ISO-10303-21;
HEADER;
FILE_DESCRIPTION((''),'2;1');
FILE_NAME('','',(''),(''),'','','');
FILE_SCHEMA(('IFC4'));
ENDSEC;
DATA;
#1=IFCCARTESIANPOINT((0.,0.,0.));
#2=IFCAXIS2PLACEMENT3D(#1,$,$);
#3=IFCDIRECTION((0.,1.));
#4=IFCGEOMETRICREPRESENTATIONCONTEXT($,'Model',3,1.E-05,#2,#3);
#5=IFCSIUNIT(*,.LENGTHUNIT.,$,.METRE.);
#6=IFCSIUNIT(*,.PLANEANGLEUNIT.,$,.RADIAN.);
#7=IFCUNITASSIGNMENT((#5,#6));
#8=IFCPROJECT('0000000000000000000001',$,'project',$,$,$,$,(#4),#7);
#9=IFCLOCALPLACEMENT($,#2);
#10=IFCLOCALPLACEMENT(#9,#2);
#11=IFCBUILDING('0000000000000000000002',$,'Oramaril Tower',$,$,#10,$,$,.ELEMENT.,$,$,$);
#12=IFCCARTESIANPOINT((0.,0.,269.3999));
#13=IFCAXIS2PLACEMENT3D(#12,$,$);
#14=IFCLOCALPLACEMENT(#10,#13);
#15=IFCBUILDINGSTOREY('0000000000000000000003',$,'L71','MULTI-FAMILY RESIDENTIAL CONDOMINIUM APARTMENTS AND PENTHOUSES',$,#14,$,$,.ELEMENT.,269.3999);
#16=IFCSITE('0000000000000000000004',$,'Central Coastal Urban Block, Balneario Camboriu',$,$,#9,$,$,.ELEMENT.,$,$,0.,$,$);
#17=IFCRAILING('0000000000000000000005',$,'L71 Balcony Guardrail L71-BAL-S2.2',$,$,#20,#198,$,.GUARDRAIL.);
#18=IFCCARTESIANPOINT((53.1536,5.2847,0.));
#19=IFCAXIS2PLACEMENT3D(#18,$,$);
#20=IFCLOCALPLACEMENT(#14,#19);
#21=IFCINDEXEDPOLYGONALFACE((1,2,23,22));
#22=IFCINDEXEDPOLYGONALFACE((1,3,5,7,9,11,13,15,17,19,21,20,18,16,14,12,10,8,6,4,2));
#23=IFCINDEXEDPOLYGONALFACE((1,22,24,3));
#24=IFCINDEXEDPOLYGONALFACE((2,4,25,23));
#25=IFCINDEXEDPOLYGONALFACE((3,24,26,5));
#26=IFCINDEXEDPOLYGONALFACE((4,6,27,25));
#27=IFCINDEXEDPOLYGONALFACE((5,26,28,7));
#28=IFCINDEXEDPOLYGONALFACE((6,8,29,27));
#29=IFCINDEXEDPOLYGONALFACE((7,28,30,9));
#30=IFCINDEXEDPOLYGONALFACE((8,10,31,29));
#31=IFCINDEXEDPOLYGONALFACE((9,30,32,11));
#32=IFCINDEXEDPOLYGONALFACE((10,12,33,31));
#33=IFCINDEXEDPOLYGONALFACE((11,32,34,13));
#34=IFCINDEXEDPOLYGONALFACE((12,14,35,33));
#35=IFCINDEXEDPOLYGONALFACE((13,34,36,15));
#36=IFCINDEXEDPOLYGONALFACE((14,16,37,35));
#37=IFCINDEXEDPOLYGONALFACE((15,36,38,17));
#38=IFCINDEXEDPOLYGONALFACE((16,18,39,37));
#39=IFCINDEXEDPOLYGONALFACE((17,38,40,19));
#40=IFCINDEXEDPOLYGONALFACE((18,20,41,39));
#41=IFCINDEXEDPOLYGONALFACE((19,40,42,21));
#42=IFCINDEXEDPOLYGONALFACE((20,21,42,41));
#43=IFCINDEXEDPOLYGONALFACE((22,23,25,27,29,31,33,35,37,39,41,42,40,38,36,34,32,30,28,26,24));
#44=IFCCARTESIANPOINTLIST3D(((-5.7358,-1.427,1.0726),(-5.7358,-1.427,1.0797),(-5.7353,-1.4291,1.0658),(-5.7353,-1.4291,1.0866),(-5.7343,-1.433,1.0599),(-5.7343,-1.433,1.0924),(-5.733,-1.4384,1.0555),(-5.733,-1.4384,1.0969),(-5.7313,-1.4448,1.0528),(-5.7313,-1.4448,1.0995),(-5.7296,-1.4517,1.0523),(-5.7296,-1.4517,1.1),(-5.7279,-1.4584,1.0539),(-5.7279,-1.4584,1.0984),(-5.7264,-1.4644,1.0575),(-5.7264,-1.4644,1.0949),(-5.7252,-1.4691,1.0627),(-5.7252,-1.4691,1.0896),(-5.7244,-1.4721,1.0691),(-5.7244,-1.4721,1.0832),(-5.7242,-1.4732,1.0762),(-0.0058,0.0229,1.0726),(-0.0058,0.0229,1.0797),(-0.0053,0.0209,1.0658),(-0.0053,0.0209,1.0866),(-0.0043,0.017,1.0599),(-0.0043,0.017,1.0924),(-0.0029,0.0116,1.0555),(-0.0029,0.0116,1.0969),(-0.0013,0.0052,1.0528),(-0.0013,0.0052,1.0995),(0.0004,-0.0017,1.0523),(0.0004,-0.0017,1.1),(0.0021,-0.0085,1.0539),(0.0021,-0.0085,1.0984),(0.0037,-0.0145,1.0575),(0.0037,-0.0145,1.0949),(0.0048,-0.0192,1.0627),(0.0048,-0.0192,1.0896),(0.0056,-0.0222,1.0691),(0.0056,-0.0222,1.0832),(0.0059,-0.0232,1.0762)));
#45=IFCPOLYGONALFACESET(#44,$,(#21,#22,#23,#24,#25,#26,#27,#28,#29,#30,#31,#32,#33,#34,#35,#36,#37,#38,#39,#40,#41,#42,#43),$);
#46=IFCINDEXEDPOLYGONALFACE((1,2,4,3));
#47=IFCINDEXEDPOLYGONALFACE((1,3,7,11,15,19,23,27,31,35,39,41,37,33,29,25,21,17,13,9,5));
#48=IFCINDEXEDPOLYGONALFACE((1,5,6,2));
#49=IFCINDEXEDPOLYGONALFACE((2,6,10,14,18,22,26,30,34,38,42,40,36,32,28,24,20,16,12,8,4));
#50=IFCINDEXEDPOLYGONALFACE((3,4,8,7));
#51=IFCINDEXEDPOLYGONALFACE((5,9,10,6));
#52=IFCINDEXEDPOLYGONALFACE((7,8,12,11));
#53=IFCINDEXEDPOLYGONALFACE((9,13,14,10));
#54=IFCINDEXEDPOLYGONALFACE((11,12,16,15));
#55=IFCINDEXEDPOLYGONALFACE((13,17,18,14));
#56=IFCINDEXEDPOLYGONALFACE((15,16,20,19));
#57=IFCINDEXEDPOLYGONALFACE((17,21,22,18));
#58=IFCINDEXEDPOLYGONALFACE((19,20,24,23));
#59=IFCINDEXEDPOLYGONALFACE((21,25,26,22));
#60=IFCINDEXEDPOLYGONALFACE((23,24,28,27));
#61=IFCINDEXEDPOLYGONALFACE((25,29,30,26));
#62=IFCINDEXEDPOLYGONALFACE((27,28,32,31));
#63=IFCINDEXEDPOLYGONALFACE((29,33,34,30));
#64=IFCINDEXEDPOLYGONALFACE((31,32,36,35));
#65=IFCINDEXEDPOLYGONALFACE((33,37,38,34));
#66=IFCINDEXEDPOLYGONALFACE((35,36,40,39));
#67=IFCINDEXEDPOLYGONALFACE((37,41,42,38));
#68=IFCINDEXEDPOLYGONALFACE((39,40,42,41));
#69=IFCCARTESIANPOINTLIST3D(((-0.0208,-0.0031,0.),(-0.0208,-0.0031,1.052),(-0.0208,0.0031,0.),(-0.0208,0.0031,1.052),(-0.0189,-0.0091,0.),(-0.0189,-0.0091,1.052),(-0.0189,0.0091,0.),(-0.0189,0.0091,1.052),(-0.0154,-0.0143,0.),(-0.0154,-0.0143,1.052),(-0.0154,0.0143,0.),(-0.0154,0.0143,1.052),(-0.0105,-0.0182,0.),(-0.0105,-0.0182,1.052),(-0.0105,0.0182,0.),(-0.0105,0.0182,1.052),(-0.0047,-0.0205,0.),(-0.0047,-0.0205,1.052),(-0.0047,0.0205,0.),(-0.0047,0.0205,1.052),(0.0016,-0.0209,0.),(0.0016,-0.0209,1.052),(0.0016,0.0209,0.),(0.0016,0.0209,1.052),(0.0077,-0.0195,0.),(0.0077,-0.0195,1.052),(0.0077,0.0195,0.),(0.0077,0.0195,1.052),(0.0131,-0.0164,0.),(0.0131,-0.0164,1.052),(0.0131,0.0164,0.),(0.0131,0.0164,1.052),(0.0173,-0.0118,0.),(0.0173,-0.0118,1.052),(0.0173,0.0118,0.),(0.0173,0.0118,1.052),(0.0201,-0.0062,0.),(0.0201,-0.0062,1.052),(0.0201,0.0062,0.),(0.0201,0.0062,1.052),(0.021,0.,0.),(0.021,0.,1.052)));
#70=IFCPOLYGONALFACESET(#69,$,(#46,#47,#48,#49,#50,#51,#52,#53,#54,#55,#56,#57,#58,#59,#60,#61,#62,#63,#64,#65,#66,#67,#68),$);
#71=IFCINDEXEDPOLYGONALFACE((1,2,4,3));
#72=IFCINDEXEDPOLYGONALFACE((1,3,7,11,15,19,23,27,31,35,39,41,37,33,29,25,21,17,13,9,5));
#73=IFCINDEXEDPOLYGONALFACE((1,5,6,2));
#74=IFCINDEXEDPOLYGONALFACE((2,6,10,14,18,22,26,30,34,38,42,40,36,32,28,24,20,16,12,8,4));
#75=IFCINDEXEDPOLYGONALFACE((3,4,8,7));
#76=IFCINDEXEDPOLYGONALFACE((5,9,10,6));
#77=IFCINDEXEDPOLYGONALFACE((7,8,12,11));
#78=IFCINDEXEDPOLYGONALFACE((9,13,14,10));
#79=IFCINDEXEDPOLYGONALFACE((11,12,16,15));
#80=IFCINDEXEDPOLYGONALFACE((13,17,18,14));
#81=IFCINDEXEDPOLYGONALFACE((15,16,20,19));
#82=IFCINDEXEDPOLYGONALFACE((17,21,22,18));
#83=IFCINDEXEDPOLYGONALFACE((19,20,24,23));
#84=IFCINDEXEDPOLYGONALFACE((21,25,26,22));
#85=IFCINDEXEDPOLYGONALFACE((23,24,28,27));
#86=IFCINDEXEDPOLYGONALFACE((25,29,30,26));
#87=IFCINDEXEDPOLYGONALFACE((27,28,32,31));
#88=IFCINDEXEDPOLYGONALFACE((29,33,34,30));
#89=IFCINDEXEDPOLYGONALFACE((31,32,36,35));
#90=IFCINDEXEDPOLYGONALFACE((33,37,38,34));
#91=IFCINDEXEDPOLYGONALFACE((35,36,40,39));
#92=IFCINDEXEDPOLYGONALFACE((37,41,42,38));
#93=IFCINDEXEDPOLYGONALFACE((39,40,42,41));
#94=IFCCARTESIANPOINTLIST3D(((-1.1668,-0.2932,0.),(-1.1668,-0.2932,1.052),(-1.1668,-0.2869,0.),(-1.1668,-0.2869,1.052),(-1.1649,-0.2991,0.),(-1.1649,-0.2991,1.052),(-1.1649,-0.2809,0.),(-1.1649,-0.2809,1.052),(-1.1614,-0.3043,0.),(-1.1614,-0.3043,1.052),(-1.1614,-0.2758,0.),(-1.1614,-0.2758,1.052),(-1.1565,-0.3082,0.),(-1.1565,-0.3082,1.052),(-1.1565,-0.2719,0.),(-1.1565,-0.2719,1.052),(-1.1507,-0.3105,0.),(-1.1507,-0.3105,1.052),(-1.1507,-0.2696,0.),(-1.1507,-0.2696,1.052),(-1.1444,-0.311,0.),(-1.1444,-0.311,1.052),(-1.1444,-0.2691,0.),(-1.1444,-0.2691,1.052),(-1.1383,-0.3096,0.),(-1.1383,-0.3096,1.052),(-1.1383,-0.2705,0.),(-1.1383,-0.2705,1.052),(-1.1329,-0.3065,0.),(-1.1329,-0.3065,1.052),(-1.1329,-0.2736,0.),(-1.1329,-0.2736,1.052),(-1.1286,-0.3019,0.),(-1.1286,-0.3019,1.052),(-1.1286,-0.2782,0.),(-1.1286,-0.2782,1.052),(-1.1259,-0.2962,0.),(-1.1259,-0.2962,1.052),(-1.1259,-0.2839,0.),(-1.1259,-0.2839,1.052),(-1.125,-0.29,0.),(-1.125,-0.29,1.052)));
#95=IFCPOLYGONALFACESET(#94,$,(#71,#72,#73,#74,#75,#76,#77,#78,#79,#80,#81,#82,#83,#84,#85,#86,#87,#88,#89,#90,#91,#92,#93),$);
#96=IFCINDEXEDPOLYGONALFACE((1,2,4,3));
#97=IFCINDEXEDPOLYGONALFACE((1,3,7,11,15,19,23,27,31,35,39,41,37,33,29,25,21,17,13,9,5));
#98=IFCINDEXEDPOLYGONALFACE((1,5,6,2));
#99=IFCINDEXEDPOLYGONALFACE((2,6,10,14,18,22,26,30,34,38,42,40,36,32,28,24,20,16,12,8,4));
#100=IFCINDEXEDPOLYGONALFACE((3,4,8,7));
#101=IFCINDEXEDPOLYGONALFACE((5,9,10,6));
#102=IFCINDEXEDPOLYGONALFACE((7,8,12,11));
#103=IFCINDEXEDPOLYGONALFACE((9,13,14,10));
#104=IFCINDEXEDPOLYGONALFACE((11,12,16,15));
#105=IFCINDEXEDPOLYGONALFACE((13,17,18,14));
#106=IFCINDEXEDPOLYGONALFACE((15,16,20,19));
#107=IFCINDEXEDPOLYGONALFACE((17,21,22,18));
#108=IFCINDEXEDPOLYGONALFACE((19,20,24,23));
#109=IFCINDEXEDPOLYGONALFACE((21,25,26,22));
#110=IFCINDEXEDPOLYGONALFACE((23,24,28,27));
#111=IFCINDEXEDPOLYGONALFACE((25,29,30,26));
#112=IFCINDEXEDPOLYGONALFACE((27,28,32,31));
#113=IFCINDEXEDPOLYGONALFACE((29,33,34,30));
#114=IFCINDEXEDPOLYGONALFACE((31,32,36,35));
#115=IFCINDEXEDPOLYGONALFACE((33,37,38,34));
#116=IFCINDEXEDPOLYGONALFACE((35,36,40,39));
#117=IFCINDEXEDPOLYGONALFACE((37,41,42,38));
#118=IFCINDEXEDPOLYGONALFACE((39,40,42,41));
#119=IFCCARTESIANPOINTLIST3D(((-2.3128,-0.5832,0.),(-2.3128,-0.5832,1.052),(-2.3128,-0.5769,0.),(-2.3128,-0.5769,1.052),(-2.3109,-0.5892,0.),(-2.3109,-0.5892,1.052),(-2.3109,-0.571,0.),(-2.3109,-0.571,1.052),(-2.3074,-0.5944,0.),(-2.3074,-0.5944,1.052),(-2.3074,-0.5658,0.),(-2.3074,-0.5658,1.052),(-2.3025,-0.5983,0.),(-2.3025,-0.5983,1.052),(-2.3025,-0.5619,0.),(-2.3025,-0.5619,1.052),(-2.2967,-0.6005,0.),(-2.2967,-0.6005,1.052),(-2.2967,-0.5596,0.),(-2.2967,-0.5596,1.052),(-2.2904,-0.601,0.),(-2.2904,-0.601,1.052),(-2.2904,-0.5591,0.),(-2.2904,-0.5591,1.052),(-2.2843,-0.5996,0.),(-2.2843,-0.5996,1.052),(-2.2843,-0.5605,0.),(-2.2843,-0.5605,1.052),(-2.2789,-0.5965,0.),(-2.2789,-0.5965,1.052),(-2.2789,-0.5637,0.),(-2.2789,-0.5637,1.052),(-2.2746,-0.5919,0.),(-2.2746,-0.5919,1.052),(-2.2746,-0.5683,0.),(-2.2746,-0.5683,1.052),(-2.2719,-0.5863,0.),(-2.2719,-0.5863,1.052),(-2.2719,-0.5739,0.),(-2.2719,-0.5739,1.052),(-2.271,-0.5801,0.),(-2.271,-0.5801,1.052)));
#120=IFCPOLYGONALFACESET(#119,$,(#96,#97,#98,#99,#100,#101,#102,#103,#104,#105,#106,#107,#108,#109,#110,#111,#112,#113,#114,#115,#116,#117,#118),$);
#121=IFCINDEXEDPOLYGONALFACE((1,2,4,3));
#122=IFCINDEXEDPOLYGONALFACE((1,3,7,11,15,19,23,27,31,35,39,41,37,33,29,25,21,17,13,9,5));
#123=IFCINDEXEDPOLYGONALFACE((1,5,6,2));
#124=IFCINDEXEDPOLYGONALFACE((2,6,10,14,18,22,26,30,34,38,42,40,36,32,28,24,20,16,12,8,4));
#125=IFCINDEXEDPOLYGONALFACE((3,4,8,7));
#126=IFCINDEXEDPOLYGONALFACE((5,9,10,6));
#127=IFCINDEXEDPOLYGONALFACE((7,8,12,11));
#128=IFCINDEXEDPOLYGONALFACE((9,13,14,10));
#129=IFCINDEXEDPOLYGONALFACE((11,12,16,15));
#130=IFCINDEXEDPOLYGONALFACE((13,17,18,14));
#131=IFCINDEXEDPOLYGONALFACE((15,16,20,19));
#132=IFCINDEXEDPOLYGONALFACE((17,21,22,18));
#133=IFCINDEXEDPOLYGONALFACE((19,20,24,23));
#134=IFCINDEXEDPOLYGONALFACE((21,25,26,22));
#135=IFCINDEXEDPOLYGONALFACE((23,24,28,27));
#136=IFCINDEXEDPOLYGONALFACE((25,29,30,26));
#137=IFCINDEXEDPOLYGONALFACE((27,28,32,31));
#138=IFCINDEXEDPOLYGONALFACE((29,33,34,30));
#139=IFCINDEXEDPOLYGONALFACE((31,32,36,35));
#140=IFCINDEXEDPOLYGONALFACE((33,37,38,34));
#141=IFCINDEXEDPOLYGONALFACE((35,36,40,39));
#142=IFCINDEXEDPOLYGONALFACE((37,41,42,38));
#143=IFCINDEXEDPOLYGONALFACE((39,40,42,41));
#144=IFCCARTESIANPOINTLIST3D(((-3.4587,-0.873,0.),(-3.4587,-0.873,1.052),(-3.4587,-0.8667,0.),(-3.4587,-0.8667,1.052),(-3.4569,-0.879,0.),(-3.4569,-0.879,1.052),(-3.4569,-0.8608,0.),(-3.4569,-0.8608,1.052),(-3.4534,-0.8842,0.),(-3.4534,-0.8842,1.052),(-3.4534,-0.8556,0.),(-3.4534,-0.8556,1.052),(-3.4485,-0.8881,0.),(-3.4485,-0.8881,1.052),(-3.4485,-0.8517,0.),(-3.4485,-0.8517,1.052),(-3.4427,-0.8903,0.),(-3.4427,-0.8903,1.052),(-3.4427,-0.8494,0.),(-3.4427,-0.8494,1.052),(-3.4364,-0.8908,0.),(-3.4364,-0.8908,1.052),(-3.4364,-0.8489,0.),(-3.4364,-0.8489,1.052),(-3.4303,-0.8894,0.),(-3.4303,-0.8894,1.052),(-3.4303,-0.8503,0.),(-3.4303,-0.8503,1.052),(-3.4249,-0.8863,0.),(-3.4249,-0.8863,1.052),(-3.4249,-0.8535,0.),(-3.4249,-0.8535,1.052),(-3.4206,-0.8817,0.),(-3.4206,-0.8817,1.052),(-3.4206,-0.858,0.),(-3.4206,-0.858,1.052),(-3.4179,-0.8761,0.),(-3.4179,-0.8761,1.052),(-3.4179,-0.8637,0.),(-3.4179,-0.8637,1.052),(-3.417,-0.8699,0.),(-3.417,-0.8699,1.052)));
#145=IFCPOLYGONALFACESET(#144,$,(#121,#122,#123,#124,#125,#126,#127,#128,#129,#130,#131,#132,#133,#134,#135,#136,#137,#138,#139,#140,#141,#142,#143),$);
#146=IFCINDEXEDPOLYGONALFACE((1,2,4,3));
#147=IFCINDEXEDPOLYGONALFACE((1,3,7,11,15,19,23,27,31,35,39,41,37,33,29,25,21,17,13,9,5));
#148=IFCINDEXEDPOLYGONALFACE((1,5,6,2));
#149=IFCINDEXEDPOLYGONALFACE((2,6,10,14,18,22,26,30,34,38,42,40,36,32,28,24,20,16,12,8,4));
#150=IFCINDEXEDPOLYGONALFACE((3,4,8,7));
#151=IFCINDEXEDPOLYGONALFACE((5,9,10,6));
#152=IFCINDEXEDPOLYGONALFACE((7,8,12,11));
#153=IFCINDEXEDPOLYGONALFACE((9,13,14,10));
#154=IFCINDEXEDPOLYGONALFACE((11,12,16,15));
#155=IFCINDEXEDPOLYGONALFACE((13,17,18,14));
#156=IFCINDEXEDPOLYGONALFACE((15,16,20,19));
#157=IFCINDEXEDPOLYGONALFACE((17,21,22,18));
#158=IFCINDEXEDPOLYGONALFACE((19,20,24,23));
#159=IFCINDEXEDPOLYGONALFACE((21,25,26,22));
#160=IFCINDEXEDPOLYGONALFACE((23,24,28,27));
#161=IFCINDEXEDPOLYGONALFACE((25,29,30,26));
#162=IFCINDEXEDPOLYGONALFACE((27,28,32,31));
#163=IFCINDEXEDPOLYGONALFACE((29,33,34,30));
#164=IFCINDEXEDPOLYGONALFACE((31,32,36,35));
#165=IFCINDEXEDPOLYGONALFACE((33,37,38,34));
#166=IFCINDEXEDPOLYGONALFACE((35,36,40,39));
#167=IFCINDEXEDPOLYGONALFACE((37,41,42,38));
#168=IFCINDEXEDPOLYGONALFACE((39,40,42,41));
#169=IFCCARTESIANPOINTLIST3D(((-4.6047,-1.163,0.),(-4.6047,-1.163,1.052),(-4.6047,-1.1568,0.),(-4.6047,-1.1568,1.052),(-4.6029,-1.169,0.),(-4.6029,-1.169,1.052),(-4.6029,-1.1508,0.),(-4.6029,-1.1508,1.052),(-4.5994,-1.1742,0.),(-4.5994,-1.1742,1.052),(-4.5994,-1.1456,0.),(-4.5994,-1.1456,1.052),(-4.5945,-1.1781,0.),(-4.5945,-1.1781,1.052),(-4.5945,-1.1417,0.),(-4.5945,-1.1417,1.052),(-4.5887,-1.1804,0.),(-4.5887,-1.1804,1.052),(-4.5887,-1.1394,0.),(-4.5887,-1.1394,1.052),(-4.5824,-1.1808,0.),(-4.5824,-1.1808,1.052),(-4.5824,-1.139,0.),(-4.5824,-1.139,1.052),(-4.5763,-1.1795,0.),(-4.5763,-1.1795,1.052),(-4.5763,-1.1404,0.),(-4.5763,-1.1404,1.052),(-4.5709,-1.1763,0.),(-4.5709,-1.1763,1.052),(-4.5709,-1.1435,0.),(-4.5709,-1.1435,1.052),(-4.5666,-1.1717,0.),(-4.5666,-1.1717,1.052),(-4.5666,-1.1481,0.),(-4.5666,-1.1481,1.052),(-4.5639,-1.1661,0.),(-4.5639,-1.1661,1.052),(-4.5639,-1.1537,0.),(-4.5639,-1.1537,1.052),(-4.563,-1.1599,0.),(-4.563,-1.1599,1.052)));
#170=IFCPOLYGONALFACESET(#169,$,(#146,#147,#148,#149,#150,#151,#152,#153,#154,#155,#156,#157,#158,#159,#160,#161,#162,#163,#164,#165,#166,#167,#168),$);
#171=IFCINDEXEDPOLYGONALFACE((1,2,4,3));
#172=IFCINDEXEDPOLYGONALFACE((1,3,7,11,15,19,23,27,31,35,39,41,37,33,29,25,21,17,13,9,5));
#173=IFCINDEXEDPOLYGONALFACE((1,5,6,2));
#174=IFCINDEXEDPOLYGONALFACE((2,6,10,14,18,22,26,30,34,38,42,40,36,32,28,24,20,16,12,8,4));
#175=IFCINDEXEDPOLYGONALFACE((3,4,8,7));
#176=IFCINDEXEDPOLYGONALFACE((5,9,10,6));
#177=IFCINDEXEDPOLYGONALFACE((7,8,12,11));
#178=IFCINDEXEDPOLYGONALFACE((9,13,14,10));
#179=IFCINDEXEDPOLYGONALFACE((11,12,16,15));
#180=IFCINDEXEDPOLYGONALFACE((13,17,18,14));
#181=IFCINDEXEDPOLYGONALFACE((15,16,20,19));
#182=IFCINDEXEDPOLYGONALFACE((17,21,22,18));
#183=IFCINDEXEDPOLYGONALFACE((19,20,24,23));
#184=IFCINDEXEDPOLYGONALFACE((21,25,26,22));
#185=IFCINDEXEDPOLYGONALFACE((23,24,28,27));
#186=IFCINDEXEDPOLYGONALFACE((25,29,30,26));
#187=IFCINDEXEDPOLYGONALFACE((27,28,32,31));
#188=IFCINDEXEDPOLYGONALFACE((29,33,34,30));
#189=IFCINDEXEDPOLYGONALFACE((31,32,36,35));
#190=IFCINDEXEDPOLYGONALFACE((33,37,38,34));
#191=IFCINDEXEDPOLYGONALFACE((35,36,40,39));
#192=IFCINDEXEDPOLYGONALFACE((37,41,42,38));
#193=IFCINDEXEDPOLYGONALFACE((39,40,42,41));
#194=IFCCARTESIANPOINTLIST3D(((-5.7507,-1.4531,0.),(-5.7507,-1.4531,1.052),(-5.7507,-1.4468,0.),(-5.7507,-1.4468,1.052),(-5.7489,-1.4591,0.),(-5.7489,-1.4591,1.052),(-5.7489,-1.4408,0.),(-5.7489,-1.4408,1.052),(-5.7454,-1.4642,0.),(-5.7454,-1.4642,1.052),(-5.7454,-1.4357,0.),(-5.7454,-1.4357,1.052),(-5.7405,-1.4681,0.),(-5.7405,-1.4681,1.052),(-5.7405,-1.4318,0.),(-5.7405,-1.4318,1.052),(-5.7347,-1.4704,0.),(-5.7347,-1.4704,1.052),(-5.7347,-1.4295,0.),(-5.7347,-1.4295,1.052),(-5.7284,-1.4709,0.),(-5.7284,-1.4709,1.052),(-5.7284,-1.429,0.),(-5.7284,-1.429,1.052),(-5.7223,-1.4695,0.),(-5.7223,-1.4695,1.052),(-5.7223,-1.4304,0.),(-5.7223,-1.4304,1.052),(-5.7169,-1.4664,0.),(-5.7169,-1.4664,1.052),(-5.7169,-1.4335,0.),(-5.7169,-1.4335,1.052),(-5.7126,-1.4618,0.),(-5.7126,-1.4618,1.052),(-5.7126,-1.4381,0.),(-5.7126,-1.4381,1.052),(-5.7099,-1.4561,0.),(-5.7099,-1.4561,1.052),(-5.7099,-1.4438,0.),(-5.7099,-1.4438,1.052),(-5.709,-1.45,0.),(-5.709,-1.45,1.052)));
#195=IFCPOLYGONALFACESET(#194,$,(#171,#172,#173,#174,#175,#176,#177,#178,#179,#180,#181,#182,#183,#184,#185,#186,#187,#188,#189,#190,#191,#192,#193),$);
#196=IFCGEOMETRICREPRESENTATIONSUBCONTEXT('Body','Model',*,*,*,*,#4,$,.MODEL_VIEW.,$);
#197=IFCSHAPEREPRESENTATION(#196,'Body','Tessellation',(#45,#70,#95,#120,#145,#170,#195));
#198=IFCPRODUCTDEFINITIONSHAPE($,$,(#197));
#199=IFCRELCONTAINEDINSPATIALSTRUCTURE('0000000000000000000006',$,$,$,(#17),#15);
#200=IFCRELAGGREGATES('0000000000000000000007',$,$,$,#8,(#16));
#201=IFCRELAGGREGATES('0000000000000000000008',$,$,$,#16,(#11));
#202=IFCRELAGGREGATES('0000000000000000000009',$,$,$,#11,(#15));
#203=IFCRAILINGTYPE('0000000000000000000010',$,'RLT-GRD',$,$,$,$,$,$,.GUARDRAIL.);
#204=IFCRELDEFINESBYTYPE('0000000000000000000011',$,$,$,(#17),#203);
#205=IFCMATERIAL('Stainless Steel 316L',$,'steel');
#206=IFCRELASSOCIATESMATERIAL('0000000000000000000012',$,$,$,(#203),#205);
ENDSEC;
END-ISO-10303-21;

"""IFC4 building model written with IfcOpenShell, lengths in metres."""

from ifc_helpers import new_model, si_unit, direction, frame, origin, origin_2d, place, context, subcontext, project, spatial, circle, extrude, material, type_object, element, save


model = new_model("IFC4")

# Units and contexts
model_context = context("Model", 3, precision=1e-05, world=origin(), true_north=direction((0.0, 1.0)))
body_context = subcontext(model_context, "Body", "Model", "MODEL_VIEW")
ifc_project = project(units=[si_unit("LENGTHUNIT", "METRE"), si_unit("PLANEANGLEUNIT", "RADIAN")], contexts=[model_context])

# Site, building, storey
site_placement = place(None, origin())
site = spatial("IfcSite", under=ifc_project, at=site_placement, Name="Central Coastal Urban Block, Balneario Camboriu", CompositionType="ELEMENT", RefElevation=0.0)
building_placement = place(site_placement, origin())
building = spatial("IfcBuilding", under=site, at=building_placement, Name="Oramaril Tower", CompositionType="ELEMENT")
storey_placement = place(building_placement, frame((0.0, 0.0, 269.3999)))
storey = spatial("IfcBuildingStorey", under=building, at=storey_placement, Name="L71", Description="MULTI-FAMILY RESIDENTIAL CONDOMINIUM APARTMENTS AND PENTHOUSES", CompositionType="ELEMENT", Elevation=269.3999)

# Railing
ifc_material_1 = material(Name="Stainless Steel 316L", Category="steel")
railing_type = type_object("IfcRailingType", Name="RLT-GRD", PredefinedType="GUARDRAIL", material=ifc_material_1)
railing_1_placement = place(storey_placement, frame((53.1536, 5.2847, 0.0)))
element("IfcRailing", 1, at=railing_1_placement, inside=storey, type_object=railing_type, Name="L71 Balcony Guardrail L71-BAL-S2.2", PredefinedType="GUARDRAIL", context=body_context, shape_type="SweptSolid", body=[
    extrude(circle(Radius=0.0239, at=origin_2d()), frame((0.0, 0.0, 1.0762), z_axis=(-0.969444, -0.245314, 0.0), x_axis=(0.245314, -0.969444, 0.0)), (0.0, 0.0, 1.0), 5.9106),
    extrude(circle(Radius=0.021, at=origin_2d()), origin(), (0.0, 0.0, 1.0), 1.052),
    extrude(circle(Radius=0.021, at=origin_2d()), frame((-1.146, -0.29, 0.0)), (0.0, 0.0, 1.0), 1.052),
    extrude(circle(Radius=0.021, at=origin_2d()), frame((-2.292, -0.5801, 0.0)), (0.0, 0.0, 1.0), 1.052),
    extrude(circle(Radius=0.021, at=origin_2d()), frame((-3.438, -0.8699, 0.0)), (0.0, 0.0, 1.0), 1.052),
    extrude(circle(Radius=0.021, at=origin_2d()), frame((-4.584, -1.1599, 0.0)), (0.0, 0.0, 1.0), 1.052),
    extrude(circle(Radius=0.021, at=origin_2d()), frame((-5.73, -1.45, 0.0)), (0.0, 0.0, 1.0), 1.052),
])

save(model, "model.ifc")
